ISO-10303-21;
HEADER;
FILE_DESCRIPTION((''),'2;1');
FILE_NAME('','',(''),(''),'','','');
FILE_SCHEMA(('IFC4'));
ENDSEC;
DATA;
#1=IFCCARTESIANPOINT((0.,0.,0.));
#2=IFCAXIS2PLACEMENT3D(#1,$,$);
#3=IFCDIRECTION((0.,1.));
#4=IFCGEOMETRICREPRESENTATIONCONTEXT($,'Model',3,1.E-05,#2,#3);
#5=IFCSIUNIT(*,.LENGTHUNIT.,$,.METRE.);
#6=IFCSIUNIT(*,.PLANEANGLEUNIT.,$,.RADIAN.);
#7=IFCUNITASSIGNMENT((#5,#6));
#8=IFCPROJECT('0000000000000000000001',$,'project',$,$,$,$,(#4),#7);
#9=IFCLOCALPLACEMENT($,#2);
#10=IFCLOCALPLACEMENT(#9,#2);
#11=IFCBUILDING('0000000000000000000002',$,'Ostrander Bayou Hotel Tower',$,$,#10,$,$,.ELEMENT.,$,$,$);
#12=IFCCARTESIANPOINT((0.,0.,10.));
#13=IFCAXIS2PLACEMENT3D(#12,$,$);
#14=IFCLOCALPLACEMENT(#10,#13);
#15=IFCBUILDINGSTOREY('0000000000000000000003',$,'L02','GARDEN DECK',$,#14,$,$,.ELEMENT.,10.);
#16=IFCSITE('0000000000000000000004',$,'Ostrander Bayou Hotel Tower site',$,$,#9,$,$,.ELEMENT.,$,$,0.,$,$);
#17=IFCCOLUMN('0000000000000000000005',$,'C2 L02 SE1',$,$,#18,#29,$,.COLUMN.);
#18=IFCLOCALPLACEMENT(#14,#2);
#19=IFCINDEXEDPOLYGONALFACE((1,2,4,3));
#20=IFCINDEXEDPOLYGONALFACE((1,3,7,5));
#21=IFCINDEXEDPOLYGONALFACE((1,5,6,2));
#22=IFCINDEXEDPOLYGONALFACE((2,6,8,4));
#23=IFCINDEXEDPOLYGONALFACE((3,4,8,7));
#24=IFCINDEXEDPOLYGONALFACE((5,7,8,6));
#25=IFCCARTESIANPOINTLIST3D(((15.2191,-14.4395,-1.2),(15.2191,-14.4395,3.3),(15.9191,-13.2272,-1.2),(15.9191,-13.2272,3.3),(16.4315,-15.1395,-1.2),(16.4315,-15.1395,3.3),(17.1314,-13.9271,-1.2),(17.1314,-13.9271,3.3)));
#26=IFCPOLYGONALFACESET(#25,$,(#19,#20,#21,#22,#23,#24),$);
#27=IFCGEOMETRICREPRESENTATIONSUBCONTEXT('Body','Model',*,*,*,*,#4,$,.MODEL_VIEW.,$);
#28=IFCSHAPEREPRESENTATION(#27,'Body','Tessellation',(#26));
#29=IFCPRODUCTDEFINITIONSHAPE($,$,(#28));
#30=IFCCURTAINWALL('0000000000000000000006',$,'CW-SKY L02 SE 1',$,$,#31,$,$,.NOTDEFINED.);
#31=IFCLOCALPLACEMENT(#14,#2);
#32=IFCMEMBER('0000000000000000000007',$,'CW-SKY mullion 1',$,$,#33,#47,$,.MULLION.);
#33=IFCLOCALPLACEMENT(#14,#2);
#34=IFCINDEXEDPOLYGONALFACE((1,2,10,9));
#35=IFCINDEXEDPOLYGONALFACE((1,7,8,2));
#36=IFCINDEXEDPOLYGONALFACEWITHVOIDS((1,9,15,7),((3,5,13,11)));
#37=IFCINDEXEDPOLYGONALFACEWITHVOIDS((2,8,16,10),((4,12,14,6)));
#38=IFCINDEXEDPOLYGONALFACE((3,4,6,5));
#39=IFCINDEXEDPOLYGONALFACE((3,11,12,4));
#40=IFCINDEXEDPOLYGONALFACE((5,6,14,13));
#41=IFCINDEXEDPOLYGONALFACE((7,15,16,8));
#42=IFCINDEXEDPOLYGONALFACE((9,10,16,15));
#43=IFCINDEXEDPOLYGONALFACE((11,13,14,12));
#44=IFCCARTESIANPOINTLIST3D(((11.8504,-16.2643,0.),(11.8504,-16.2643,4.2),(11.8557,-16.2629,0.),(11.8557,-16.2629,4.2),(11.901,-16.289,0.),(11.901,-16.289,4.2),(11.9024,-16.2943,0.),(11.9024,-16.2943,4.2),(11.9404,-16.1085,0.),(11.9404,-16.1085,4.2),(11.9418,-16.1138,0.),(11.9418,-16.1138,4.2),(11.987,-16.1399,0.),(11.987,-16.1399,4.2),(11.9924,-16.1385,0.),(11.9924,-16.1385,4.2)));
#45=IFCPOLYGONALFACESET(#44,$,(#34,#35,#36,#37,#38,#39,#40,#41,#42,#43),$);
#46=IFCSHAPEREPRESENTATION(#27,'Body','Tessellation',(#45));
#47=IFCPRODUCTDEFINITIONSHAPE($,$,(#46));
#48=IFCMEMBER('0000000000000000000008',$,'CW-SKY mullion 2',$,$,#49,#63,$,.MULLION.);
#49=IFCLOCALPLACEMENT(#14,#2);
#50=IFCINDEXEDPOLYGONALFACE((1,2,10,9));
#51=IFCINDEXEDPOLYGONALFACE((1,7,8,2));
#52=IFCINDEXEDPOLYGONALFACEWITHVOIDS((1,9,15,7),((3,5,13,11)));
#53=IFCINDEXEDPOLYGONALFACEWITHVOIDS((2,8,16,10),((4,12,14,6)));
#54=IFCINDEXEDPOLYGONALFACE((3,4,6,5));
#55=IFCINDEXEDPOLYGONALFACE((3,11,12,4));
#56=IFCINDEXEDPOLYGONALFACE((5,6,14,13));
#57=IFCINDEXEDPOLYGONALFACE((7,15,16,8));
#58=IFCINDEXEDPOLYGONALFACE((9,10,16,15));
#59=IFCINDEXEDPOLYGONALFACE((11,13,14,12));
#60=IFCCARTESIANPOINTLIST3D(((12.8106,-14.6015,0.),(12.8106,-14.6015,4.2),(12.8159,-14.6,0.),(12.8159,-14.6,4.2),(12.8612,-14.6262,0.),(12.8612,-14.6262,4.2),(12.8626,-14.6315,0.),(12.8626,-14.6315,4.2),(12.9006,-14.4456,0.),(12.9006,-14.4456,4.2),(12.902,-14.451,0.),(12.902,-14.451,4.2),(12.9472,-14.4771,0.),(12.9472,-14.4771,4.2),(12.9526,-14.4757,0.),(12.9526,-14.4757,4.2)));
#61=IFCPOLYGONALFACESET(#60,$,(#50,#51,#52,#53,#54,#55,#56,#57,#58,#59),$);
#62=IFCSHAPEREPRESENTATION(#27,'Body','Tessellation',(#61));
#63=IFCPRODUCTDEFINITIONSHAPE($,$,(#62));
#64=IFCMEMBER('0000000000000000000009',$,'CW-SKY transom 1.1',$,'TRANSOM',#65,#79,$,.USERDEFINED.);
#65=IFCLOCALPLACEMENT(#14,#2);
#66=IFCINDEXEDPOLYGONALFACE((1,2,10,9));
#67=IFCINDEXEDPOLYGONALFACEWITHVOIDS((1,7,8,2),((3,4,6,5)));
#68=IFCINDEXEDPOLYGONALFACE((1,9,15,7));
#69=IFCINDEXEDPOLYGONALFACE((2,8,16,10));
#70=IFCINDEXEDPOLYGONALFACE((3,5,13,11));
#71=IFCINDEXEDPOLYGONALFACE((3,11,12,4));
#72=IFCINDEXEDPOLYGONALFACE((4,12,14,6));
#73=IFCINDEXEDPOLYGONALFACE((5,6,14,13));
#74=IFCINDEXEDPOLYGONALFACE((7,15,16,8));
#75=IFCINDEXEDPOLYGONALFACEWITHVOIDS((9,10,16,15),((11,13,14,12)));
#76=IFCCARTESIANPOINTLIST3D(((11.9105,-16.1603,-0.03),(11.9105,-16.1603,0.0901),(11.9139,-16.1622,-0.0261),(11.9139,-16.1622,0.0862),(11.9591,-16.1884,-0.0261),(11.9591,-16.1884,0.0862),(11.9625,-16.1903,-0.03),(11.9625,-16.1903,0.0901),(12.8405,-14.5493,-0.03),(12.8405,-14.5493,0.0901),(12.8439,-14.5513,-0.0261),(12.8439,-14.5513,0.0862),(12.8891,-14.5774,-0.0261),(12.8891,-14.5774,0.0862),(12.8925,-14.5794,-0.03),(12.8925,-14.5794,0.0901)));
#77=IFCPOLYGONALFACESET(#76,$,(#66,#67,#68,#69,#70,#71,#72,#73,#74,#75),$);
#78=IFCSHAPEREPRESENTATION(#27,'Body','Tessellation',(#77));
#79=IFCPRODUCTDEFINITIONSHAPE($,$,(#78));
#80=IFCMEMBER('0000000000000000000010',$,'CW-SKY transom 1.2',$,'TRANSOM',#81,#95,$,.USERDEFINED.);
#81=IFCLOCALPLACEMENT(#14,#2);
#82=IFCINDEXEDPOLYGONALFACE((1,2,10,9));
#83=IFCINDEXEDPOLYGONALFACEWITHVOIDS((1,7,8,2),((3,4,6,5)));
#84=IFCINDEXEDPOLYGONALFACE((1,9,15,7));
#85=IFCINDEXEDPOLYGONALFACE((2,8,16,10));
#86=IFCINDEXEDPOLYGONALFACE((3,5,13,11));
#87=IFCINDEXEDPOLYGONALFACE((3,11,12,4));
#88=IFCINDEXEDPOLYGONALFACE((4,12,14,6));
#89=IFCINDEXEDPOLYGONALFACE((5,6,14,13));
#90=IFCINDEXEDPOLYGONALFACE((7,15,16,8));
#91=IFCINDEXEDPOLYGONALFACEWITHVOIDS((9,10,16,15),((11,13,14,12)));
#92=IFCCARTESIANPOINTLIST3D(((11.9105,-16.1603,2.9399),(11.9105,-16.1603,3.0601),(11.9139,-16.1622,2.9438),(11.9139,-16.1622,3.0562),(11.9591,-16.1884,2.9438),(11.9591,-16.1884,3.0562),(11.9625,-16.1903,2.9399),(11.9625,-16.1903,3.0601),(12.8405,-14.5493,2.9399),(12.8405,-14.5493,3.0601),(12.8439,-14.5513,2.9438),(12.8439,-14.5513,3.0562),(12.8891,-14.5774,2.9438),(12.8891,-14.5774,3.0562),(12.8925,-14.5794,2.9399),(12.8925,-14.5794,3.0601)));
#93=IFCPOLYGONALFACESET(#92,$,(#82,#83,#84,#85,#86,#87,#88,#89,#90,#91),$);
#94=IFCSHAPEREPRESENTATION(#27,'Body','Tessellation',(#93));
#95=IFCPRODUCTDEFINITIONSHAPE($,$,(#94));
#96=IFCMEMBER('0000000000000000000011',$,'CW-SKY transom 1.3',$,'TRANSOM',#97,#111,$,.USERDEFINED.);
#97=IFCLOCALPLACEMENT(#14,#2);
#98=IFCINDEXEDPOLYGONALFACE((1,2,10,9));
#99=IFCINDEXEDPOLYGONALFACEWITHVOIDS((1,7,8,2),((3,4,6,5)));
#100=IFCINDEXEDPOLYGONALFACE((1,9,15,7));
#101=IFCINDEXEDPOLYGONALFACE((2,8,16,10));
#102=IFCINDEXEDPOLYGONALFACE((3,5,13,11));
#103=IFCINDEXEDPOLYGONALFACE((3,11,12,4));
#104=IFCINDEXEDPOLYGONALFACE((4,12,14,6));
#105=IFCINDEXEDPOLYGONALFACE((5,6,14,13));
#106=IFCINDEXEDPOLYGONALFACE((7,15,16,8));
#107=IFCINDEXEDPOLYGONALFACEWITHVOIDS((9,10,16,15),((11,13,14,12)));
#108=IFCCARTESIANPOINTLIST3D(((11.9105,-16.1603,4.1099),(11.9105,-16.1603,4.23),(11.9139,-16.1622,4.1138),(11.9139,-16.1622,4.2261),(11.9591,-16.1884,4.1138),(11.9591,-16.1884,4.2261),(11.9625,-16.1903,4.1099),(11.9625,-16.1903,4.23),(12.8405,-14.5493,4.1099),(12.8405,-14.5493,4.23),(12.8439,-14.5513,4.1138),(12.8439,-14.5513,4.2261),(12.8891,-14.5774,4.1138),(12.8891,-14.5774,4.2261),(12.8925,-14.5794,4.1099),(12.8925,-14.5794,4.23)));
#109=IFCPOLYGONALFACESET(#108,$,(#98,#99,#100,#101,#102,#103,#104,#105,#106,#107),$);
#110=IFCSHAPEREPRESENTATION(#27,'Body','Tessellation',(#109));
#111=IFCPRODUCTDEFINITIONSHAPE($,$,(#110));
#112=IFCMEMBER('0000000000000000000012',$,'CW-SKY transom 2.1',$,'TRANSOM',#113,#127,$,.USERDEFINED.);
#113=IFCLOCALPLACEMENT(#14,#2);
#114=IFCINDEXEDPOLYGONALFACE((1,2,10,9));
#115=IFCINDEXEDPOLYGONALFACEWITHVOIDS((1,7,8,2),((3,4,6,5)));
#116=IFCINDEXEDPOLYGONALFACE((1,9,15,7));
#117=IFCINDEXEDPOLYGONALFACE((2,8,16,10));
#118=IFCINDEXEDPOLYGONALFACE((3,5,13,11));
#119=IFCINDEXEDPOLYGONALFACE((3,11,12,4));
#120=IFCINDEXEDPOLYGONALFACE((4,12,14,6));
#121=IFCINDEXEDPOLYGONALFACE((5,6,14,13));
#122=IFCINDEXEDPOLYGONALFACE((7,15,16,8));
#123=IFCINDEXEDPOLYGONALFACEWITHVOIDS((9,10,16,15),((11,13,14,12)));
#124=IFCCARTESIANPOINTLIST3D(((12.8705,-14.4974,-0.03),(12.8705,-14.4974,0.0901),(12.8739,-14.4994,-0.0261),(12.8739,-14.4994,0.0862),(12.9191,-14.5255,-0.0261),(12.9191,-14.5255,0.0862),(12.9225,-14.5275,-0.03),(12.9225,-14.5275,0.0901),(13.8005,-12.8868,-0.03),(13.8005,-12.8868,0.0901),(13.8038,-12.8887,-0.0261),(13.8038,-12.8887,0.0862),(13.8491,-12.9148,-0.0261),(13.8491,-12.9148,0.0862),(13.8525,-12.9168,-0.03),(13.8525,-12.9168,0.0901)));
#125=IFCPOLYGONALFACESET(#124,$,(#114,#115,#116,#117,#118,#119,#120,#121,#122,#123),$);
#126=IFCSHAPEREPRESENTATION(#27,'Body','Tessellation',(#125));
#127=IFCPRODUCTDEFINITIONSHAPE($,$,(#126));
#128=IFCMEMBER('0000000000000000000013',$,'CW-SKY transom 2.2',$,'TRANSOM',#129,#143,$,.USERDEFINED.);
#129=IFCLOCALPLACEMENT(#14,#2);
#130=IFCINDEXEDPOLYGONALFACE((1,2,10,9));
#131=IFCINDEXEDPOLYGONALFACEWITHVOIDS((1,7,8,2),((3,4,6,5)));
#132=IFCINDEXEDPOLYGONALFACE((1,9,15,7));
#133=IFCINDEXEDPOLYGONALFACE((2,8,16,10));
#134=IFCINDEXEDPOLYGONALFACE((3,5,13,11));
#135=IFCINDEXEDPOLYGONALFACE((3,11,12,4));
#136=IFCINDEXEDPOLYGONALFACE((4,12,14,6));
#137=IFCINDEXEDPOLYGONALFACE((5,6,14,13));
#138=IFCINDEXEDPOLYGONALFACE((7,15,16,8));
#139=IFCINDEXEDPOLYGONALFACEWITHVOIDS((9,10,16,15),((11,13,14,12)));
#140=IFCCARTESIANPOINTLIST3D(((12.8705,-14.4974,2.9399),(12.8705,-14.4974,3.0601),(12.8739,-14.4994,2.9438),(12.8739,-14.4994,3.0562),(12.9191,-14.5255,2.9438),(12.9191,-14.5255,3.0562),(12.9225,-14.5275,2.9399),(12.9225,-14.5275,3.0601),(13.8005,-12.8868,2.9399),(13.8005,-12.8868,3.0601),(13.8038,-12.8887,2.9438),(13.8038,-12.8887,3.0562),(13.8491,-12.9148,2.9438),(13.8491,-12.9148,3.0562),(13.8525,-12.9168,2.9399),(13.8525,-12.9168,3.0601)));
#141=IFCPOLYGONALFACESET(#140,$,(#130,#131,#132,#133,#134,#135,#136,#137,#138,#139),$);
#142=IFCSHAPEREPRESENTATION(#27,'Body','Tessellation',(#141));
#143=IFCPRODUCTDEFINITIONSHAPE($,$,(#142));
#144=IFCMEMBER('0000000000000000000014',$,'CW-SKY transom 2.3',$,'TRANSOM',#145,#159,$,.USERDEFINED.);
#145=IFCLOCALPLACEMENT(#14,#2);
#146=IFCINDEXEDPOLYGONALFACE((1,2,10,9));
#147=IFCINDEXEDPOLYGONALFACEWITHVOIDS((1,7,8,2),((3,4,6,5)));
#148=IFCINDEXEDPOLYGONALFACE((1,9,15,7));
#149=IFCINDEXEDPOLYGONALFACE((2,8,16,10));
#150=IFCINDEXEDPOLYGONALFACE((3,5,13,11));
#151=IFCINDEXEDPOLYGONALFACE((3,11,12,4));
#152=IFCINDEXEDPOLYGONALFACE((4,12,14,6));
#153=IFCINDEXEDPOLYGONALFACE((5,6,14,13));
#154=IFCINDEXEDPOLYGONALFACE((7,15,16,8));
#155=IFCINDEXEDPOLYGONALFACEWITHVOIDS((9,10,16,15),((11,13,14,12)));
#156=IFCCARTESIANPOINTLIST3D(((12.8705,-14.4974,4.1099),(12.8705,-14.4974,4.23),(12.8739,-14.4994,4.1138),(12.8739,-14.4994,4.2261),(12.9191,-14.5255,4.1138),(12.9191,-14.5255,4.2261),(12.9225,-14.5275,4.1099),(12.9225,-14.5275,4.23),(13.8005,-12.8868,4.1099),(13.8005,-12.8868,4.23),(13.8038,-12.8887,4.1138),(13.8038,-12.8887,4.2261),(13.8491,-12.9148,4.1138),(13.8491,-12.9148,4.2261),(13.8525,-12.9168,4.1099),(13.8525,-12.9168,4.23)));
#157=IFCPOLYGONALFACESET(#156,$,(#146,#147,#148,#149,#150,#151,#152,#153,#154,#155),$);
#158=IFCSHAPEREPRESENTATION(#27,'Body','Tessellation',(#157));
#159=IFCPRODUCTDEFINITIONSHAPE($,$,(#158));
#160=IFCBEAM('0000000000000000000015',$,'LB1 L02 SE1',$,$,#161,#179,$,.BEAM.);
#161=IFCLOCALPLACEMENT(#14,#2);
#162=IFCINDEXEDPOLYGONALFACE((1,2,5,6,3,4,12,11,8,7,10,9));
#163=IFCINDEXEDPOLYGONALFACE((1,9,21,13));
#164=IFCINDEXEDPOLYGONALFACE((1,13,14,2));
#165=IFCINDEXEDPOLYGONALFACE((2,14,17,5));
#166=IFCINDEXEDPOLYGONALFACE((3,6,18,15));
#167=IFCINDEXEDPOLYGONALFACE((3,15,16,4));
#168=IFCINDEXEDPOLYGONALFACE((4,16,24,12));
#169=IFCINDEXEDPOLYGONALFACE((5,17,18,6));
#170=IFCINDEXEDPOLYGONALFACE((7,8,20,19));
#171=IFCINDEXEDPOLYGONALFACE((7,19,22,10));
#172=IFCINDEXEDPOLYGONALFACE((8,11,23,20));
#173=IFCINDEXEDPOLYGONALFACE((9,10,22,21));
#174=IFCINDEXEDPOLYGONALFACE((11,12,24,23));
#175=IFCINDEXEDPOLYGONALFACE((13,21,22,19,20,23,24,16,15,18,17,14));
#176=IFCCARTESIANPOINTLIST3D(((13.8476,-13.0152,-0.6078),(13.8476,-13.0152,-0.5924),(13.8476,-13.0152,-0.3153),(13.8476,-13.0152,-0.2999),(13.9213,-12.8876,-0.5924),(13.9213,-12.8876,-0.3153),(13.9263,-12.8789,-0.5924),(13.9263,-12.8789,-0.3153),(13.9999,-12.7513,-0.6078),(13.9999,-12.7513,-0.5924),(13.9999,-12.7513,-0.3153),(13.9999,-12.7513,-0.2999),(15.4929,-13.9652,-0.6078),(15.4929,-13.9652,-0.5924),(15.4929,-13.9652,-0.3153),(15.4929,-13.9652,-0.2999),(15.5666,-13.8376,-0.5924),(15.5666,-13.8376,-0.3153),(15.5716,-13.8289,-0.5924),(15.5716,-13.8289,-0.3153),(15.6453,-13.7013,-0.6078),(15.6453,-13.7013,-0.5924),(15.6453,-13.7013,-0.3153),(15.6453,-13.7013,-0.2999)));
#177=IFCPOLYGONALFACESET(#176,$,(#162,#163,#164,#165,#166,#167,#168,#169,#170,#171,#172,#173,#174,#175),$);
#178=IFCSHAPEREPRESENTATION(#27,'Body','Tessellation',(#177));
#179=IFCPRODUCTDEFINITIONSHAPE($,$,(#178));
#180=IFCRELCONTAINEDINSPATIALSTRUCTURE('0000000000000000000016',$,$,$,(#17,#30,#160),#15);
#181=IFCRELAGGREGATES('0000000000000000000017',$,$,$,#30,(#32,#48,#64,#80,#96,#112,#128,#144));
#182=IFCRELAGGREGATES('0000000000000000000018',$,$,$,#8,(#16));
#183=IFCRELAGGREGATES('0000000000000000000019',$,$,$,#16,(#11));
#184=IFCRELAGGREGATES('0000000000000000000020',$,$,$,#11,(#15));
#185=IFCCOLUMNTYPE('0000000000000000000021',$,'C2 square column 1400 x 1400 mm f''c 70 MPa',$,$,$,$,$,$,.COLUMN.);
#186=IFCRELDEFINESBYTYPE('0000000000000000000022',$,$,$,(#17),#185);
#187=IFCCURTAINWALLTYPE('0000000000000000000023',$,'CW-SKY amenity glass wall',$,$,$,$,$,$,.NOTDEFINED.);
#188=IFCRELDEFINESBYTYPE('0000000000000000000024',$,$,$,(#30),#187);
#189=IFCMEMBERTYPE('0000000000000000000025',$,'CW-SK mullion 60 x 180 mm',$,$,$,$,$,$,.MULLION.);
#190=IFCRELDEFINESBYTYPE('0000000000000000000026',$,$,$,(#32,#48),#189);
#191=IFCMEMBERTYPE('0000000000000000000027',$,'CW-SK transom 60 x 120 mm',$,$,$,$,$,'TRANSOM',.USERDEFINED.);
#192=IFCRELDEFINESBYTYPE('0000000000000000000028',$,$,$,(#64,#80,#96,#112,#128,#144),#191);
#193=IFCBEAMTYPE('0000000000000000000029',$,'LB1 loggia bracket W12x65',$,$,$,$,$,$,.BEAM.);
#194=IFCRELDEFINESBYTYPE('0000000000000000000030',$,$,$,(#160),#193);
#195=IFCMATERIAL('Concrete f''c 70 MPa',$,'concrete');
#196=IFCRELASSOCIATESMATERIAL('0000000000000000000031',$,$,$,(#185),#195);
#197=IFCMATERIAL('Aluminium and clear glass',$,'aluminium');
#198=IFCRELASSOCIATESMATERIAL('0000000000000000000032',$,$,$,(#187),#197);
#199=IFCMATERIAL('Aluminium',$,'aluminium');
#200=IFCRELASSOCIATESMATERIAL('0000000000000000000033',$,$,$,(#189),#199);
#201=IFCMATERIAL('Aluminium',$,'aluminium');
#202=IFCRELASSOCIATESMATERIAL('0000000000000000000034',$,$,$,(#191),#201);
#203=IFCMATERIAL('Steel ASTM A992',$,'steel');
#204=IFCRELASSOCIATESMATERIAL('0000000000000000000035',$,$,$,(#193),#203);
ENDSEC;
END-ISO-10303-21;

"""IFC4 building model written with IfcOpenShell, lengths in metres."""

from ifc_helpers import new_model, si_unit, direction, frame, origin, origin_2d, place, context, subcontext, project, spatial, rectangle, hollow_rectangle, i_section, extrude, material, material_profile, profile_set, type_object, element, aggregate, save


model = new_model("IFC4")

# Units and contexts
model_context = context("Model", 3, precision=1e-05, world=origin(), true_north=direction((0.0, 1.0)))
body_context = subcontext(model_context, "Body", "Model", "MODEL_VIEW")
ifc_project = project(units=[si_unit("LENGTHUNIT", "METRE"), si_unit("PLANEANGLEUNIT", "RADIAN")], contexts=[model_context])

# Site, building, storey
site_placement = place(None, origin())
site = spatial("IfcSite", under=ifc_project, at=site_placement, Name="Ostrander Bayou Hotel Tower site", CompositionType="ELEMENT", RefElevation=0.0)
building_placement = place(site_placement, origin())
building = spatial("IfcBuilding", under=site, at=building_placement, Name="Ostrander Bayou Hotel Tower", CompositionType="ELEMENT")
storey_placement = place(building_placement, frame((0.0, 0.0, 10.0)))
storey = spatial("IfcBuildingStorey", under=building, at=storey_placement, Name="L02", Description="GARDEN DECK", CompositionType="ELEMENT", Elevation=10.0)

# Column
ifc_material_1 = material(Name="Concrete f'c 70 MPa", Category="concrete")
ifc_material_profile_1 = material_profile(ifc_material_1, rectangle(XDim=1.3999, YDim=1.3999, at=origin_2d()))
ifc_profile_set_1 = profile_set([ifc_material_profile_1], Name="Concrete f'c 70 MPa")
column_type = type_object("IfcColumnType", Name="C2 square column 1400 x 1400 mm f'c 70 MPa", PredefinedType="COLUMN", material=ifc_profile_set_1)
column_placement = place(storey_placement, frame((16.1753, -14.1833, -1.2), z_axis=(0.0, 0.0, 1.0), x_axis=(-0.5, -0.866025, 0.0)))
element("IfcColumn", 1, at=column_placement, inside=storey, type_object=column_type, Name="C2 L02 SE1", PredefinedType="COLUMN", context=body_context, shape_type="SweptSolid", body=[
    extrude(rectangle(XDim=1.3999, YDim=1.3999, at=origin_2d()), origin(), (0.0, 0.0, 1.0), 4.5),
])

# Curtain wall, members
ifc_material_2 = material(Name="Aluminium and clear glass", Category="aluminium")
curtain_wall_type_1 = type_object("IfcCurtainWallType", Name="CW-SKY amenity glass wall", PredefinedType="NOTDEFINED", material=ifc_material_2)
curtain_wall_1_placement = place(storey_placement, origin())
curtain_wall_1 = element("IfcCurtainWall", 2, at=curtain_wall_1_placement, inside=storey, type_object=curtain_wall_type_1, Name="CW-SKY L02 SE 1", PredefinedType="NOTDEFINED")
ifc_material_3 = material(Name="Aluminium", Category="aluminium")
ifc_material_profile_2 = material_profile(ifc_material_3, hollow_rectangle(XDim=0.0601, YDim=0.1799, WallThickness=0.0039, at=origin_2d()))
ifc_profile_set_2 = profile_set([ifc_material_profile_2], Name="Aluminium")
member_type_1 = type_object("IfcMemberType", Name="CW-SK mullion 60 x 180 mm", PredefinedType="MULLION", material=ifc_profile_set_2)
member_1_placement = place(storey_placement, frame((11.9214, -16.2014, 0.0), z_axis=(0.0, 0.0, 1.0), x_axis=(-0.866025, 0.5, 0.0)))
member_1 = element("IfcMember", 3, at=member_1_placement, type_object=member_type_1, Name="CW-SKY mullion 1", PredefinedType="MULLION", context=body_context, shape_type="SweptSolid", body=[
    extrude(hollow_rectangle(XDim=0.0601, YDim=0.1799, WallThickness=0.0039, at=origin_2d()), origin(), (0.0, 0.0, 1.0), 4.2),
])
member_2_placement = place(storey_placement, frame((12.8816, -14.5386, 0.0), z_axis=(0.0, 0.0, 1.0), x_axis=(-0.866025, 0.5, 0.0)))
member_2 = element("IfcMember", 4, at=member_2_placement, type_object=member_type_1, Name="CW-SKY mullion 2", PredefinedType="MULLION", context=body_context, shape_type="SweptSolid", body=[
    extrude(hollow_rectangle(XDim=0.0601, YDim=0.1799, WallThickness=0.0039, at=origin_2d()), origin(), (0.0, 0.0, 1.0), 4.2),
])
ifc_material_4 = material(Name="Aluminium", Category="aluminium")
ifc_material_profile_3 = material_profile(ifc_material_4, hollow_rectangle(XDim=0.0601, YDim=0.1201, WallThickness=0.0039, at=origin_2d()))
ifc_profile_set_3 = profile_set([ifc_material_profile_3], Name="Aluminium")
member_type_2 = type_object("IfcMemberType", Name="CW-SK transom 60 x 120 mm", ElementType="TRANSOM", PredefinedType="USERDEFINED", material=ifc_profile_set_3)
member_3_placement = place(storey_placement, frame((11.9365, -16.1753, 0.03), z_axis=(0.499965, 0.866046, 0.0), x_axis=(-0.866046, 0.499965, 0.0)))
member_3 = element("IfcMember", 5, at=member_3_placement, type_object=member_type_2, Name="CW-SKY transom 1.1", ObjectType="TRANSOM", PredefinedType="USERDEFINED", context=body_context, shape_type="SweptSolid", body=[
    extrude(hollow_rectangle(XDim=0.0601, YDim=0.1201, WallThickness=0.0039, at=origin_2d()), origin(), (0.0, 0.0, 1.0), 1.8601),
])
member_4_placement = place(storey_placement, frame((11.9365, -16.1753, 3.0), z_axis=(0.499965, 0.866046, 0.0), x_axis=(-0.866046, 0.499965, 0.0)))
member_4 = element("IfcMember", 6, at=member_4_placement, type_object=member_type_2, Name="CW-SKY transom 1.2", ObjectType="TRANSOM", PredefinedType="USERDEFINED", context=body_context, shape_type="SweptSolid", body=[
    extrude(hollow_rectangle(XDim=0.0601, YDim=0.1201, WallThickness=0.0039, at=origin_2d()), origin(), (0.0, 0.0, 1.0), 1.8601),
])
member_5_placement = place(storey_placement, frame((11.9365, -16.1753, 4.1699), z_axis=(0.499965, 0.866046, 0.0), x_axis=(-0.866046, 0.499965, 0.0)))
member_5 = element("IfcMember", 7, at=member_5_placement, type_object=member_type_2, Name="CW-SKY transom 1.3", ObjectType="TRANSOM", PredefinedType="USERDEFINED", context=body_context, shape_type="SweptSolid", body=[
    extrude(hollow_rectangle(XDim=0.0601, YDim=0.1201, WallThickness=0.0039, at=origin_2d()), origin(), (0.0, 0.0, 1.0), 1.8601),
])
member_6_placement = place(storey_placement, frame((12.8965, -14.5125, 0.03), z_axis=(0.500022, 0.866013, 0.0), x_axis=(-0.866013, 0.500022, 0.0)))
member_6 = element("IfcMember", 8, at=member_6_placement, type_object=member_type_2, Name="CW-SKY transom 2.1", ObjectType="TRANSOM", PredefinedType="USERDEFINED", context=body_context, shape_type="SweptSolid", body=[
    extrude(hollow_rectangle(XDim=0.0601, YDim=0.1201, WallThickness=0.0039, at=origin_2d()), origin(), (0.0, 0.0, 1.0), 1.8599),
])
member_7_placement = place(storey_placement, frame((12.8965, -14.5125, 3.0), z_axis=(0.500022, 0.866013, 0.0), x_axis=(-0.866013, 0.500022, 0.0)))
member_7 = element("IfcMember", 9, at=member_7_placement, type_object=member_type_2, Name="CW-SKY transom 2.2", ObjectType="TRANSOM", PredefinedType="USERDEFINED", context=body_context, shape_type="SweptSolid", body=[
    extrude(hollow_rectangle(XDim=0.0601, YDim=0.1201, WallThickness=0.0039, at=origin_2d()), origin(), (0.0, 0.0, 1.0), 1.8599),
])
member_8_placement = place(storey_placement, frame((12.8965, -14.5125, 4.1699), z_axis=(0.500022, 0.866013, 0.0), x_axis=(-0.866013, 0.500022, 0.0)))
member_8 = element("IfcMember", 10, at=member_8_placement, type_object=member_type_2, Name="CW-SKY transom 2.3", ObjectType="TRANSOM", PredefinedType="USERDEFINED", context=body_context, shape_type="SweptSolid", body=[
    extrude(hollow_rectangle(XDim=0.0601, YDim=0.1201, WallThickness=0.0039, at=origin_2d()), origin(), (0.0, 0.0, 1.0), 1.8599),
])

# Beam
ifc_material_5 = material(Name="Steel ASTM A992", Category="steel")
ifc_material_profile_4 = material_profile(ifc_material_5, i_section(OverallWidth=0.3047, OverallDepth=0.3079, WebThickness=0.01, FlangeThickness=0.0154, at=origin_2d()))
ifc_profile_set_4 = profile_set([ifc_material_profile_4], Name="Steel ASTM A992")
beam_type_1 = type_object("IfcBeamType", Name="LB1 loggia bracket W12x65", PredefinedType="BEAM", material=ifc_profile_set_4)
beam_1_placement = place(storey_placement, frame((15.5691, -13.8333, -0.4539), z_axis=(-0.866012, 0.500023, 0.0), x_axis=(-0.500023, -0.866012, 0.0)))
element("IfcBeam", 11, at=beam_1_placement, inside=storey, type_object=beam_type_1, Name="LB1 L02 SE1", PredefinedType="BEAM", context=body_context, shape_type="SweptSolid", body=[
    extrude(i_section(OverallWidth=0.3047, OverallDepth=0.3079, WebThickness=0.01, FlangeThickness=0.0154, at=origin_2d()), origin(), (0.0, 0.0, 1.0), 1.8999),
])

aggregate(curtain_wall_1, [member_1, member_2, member_3, member_4, member_5, member_6, member_7, member_8])

save(model, "model.ifc")
